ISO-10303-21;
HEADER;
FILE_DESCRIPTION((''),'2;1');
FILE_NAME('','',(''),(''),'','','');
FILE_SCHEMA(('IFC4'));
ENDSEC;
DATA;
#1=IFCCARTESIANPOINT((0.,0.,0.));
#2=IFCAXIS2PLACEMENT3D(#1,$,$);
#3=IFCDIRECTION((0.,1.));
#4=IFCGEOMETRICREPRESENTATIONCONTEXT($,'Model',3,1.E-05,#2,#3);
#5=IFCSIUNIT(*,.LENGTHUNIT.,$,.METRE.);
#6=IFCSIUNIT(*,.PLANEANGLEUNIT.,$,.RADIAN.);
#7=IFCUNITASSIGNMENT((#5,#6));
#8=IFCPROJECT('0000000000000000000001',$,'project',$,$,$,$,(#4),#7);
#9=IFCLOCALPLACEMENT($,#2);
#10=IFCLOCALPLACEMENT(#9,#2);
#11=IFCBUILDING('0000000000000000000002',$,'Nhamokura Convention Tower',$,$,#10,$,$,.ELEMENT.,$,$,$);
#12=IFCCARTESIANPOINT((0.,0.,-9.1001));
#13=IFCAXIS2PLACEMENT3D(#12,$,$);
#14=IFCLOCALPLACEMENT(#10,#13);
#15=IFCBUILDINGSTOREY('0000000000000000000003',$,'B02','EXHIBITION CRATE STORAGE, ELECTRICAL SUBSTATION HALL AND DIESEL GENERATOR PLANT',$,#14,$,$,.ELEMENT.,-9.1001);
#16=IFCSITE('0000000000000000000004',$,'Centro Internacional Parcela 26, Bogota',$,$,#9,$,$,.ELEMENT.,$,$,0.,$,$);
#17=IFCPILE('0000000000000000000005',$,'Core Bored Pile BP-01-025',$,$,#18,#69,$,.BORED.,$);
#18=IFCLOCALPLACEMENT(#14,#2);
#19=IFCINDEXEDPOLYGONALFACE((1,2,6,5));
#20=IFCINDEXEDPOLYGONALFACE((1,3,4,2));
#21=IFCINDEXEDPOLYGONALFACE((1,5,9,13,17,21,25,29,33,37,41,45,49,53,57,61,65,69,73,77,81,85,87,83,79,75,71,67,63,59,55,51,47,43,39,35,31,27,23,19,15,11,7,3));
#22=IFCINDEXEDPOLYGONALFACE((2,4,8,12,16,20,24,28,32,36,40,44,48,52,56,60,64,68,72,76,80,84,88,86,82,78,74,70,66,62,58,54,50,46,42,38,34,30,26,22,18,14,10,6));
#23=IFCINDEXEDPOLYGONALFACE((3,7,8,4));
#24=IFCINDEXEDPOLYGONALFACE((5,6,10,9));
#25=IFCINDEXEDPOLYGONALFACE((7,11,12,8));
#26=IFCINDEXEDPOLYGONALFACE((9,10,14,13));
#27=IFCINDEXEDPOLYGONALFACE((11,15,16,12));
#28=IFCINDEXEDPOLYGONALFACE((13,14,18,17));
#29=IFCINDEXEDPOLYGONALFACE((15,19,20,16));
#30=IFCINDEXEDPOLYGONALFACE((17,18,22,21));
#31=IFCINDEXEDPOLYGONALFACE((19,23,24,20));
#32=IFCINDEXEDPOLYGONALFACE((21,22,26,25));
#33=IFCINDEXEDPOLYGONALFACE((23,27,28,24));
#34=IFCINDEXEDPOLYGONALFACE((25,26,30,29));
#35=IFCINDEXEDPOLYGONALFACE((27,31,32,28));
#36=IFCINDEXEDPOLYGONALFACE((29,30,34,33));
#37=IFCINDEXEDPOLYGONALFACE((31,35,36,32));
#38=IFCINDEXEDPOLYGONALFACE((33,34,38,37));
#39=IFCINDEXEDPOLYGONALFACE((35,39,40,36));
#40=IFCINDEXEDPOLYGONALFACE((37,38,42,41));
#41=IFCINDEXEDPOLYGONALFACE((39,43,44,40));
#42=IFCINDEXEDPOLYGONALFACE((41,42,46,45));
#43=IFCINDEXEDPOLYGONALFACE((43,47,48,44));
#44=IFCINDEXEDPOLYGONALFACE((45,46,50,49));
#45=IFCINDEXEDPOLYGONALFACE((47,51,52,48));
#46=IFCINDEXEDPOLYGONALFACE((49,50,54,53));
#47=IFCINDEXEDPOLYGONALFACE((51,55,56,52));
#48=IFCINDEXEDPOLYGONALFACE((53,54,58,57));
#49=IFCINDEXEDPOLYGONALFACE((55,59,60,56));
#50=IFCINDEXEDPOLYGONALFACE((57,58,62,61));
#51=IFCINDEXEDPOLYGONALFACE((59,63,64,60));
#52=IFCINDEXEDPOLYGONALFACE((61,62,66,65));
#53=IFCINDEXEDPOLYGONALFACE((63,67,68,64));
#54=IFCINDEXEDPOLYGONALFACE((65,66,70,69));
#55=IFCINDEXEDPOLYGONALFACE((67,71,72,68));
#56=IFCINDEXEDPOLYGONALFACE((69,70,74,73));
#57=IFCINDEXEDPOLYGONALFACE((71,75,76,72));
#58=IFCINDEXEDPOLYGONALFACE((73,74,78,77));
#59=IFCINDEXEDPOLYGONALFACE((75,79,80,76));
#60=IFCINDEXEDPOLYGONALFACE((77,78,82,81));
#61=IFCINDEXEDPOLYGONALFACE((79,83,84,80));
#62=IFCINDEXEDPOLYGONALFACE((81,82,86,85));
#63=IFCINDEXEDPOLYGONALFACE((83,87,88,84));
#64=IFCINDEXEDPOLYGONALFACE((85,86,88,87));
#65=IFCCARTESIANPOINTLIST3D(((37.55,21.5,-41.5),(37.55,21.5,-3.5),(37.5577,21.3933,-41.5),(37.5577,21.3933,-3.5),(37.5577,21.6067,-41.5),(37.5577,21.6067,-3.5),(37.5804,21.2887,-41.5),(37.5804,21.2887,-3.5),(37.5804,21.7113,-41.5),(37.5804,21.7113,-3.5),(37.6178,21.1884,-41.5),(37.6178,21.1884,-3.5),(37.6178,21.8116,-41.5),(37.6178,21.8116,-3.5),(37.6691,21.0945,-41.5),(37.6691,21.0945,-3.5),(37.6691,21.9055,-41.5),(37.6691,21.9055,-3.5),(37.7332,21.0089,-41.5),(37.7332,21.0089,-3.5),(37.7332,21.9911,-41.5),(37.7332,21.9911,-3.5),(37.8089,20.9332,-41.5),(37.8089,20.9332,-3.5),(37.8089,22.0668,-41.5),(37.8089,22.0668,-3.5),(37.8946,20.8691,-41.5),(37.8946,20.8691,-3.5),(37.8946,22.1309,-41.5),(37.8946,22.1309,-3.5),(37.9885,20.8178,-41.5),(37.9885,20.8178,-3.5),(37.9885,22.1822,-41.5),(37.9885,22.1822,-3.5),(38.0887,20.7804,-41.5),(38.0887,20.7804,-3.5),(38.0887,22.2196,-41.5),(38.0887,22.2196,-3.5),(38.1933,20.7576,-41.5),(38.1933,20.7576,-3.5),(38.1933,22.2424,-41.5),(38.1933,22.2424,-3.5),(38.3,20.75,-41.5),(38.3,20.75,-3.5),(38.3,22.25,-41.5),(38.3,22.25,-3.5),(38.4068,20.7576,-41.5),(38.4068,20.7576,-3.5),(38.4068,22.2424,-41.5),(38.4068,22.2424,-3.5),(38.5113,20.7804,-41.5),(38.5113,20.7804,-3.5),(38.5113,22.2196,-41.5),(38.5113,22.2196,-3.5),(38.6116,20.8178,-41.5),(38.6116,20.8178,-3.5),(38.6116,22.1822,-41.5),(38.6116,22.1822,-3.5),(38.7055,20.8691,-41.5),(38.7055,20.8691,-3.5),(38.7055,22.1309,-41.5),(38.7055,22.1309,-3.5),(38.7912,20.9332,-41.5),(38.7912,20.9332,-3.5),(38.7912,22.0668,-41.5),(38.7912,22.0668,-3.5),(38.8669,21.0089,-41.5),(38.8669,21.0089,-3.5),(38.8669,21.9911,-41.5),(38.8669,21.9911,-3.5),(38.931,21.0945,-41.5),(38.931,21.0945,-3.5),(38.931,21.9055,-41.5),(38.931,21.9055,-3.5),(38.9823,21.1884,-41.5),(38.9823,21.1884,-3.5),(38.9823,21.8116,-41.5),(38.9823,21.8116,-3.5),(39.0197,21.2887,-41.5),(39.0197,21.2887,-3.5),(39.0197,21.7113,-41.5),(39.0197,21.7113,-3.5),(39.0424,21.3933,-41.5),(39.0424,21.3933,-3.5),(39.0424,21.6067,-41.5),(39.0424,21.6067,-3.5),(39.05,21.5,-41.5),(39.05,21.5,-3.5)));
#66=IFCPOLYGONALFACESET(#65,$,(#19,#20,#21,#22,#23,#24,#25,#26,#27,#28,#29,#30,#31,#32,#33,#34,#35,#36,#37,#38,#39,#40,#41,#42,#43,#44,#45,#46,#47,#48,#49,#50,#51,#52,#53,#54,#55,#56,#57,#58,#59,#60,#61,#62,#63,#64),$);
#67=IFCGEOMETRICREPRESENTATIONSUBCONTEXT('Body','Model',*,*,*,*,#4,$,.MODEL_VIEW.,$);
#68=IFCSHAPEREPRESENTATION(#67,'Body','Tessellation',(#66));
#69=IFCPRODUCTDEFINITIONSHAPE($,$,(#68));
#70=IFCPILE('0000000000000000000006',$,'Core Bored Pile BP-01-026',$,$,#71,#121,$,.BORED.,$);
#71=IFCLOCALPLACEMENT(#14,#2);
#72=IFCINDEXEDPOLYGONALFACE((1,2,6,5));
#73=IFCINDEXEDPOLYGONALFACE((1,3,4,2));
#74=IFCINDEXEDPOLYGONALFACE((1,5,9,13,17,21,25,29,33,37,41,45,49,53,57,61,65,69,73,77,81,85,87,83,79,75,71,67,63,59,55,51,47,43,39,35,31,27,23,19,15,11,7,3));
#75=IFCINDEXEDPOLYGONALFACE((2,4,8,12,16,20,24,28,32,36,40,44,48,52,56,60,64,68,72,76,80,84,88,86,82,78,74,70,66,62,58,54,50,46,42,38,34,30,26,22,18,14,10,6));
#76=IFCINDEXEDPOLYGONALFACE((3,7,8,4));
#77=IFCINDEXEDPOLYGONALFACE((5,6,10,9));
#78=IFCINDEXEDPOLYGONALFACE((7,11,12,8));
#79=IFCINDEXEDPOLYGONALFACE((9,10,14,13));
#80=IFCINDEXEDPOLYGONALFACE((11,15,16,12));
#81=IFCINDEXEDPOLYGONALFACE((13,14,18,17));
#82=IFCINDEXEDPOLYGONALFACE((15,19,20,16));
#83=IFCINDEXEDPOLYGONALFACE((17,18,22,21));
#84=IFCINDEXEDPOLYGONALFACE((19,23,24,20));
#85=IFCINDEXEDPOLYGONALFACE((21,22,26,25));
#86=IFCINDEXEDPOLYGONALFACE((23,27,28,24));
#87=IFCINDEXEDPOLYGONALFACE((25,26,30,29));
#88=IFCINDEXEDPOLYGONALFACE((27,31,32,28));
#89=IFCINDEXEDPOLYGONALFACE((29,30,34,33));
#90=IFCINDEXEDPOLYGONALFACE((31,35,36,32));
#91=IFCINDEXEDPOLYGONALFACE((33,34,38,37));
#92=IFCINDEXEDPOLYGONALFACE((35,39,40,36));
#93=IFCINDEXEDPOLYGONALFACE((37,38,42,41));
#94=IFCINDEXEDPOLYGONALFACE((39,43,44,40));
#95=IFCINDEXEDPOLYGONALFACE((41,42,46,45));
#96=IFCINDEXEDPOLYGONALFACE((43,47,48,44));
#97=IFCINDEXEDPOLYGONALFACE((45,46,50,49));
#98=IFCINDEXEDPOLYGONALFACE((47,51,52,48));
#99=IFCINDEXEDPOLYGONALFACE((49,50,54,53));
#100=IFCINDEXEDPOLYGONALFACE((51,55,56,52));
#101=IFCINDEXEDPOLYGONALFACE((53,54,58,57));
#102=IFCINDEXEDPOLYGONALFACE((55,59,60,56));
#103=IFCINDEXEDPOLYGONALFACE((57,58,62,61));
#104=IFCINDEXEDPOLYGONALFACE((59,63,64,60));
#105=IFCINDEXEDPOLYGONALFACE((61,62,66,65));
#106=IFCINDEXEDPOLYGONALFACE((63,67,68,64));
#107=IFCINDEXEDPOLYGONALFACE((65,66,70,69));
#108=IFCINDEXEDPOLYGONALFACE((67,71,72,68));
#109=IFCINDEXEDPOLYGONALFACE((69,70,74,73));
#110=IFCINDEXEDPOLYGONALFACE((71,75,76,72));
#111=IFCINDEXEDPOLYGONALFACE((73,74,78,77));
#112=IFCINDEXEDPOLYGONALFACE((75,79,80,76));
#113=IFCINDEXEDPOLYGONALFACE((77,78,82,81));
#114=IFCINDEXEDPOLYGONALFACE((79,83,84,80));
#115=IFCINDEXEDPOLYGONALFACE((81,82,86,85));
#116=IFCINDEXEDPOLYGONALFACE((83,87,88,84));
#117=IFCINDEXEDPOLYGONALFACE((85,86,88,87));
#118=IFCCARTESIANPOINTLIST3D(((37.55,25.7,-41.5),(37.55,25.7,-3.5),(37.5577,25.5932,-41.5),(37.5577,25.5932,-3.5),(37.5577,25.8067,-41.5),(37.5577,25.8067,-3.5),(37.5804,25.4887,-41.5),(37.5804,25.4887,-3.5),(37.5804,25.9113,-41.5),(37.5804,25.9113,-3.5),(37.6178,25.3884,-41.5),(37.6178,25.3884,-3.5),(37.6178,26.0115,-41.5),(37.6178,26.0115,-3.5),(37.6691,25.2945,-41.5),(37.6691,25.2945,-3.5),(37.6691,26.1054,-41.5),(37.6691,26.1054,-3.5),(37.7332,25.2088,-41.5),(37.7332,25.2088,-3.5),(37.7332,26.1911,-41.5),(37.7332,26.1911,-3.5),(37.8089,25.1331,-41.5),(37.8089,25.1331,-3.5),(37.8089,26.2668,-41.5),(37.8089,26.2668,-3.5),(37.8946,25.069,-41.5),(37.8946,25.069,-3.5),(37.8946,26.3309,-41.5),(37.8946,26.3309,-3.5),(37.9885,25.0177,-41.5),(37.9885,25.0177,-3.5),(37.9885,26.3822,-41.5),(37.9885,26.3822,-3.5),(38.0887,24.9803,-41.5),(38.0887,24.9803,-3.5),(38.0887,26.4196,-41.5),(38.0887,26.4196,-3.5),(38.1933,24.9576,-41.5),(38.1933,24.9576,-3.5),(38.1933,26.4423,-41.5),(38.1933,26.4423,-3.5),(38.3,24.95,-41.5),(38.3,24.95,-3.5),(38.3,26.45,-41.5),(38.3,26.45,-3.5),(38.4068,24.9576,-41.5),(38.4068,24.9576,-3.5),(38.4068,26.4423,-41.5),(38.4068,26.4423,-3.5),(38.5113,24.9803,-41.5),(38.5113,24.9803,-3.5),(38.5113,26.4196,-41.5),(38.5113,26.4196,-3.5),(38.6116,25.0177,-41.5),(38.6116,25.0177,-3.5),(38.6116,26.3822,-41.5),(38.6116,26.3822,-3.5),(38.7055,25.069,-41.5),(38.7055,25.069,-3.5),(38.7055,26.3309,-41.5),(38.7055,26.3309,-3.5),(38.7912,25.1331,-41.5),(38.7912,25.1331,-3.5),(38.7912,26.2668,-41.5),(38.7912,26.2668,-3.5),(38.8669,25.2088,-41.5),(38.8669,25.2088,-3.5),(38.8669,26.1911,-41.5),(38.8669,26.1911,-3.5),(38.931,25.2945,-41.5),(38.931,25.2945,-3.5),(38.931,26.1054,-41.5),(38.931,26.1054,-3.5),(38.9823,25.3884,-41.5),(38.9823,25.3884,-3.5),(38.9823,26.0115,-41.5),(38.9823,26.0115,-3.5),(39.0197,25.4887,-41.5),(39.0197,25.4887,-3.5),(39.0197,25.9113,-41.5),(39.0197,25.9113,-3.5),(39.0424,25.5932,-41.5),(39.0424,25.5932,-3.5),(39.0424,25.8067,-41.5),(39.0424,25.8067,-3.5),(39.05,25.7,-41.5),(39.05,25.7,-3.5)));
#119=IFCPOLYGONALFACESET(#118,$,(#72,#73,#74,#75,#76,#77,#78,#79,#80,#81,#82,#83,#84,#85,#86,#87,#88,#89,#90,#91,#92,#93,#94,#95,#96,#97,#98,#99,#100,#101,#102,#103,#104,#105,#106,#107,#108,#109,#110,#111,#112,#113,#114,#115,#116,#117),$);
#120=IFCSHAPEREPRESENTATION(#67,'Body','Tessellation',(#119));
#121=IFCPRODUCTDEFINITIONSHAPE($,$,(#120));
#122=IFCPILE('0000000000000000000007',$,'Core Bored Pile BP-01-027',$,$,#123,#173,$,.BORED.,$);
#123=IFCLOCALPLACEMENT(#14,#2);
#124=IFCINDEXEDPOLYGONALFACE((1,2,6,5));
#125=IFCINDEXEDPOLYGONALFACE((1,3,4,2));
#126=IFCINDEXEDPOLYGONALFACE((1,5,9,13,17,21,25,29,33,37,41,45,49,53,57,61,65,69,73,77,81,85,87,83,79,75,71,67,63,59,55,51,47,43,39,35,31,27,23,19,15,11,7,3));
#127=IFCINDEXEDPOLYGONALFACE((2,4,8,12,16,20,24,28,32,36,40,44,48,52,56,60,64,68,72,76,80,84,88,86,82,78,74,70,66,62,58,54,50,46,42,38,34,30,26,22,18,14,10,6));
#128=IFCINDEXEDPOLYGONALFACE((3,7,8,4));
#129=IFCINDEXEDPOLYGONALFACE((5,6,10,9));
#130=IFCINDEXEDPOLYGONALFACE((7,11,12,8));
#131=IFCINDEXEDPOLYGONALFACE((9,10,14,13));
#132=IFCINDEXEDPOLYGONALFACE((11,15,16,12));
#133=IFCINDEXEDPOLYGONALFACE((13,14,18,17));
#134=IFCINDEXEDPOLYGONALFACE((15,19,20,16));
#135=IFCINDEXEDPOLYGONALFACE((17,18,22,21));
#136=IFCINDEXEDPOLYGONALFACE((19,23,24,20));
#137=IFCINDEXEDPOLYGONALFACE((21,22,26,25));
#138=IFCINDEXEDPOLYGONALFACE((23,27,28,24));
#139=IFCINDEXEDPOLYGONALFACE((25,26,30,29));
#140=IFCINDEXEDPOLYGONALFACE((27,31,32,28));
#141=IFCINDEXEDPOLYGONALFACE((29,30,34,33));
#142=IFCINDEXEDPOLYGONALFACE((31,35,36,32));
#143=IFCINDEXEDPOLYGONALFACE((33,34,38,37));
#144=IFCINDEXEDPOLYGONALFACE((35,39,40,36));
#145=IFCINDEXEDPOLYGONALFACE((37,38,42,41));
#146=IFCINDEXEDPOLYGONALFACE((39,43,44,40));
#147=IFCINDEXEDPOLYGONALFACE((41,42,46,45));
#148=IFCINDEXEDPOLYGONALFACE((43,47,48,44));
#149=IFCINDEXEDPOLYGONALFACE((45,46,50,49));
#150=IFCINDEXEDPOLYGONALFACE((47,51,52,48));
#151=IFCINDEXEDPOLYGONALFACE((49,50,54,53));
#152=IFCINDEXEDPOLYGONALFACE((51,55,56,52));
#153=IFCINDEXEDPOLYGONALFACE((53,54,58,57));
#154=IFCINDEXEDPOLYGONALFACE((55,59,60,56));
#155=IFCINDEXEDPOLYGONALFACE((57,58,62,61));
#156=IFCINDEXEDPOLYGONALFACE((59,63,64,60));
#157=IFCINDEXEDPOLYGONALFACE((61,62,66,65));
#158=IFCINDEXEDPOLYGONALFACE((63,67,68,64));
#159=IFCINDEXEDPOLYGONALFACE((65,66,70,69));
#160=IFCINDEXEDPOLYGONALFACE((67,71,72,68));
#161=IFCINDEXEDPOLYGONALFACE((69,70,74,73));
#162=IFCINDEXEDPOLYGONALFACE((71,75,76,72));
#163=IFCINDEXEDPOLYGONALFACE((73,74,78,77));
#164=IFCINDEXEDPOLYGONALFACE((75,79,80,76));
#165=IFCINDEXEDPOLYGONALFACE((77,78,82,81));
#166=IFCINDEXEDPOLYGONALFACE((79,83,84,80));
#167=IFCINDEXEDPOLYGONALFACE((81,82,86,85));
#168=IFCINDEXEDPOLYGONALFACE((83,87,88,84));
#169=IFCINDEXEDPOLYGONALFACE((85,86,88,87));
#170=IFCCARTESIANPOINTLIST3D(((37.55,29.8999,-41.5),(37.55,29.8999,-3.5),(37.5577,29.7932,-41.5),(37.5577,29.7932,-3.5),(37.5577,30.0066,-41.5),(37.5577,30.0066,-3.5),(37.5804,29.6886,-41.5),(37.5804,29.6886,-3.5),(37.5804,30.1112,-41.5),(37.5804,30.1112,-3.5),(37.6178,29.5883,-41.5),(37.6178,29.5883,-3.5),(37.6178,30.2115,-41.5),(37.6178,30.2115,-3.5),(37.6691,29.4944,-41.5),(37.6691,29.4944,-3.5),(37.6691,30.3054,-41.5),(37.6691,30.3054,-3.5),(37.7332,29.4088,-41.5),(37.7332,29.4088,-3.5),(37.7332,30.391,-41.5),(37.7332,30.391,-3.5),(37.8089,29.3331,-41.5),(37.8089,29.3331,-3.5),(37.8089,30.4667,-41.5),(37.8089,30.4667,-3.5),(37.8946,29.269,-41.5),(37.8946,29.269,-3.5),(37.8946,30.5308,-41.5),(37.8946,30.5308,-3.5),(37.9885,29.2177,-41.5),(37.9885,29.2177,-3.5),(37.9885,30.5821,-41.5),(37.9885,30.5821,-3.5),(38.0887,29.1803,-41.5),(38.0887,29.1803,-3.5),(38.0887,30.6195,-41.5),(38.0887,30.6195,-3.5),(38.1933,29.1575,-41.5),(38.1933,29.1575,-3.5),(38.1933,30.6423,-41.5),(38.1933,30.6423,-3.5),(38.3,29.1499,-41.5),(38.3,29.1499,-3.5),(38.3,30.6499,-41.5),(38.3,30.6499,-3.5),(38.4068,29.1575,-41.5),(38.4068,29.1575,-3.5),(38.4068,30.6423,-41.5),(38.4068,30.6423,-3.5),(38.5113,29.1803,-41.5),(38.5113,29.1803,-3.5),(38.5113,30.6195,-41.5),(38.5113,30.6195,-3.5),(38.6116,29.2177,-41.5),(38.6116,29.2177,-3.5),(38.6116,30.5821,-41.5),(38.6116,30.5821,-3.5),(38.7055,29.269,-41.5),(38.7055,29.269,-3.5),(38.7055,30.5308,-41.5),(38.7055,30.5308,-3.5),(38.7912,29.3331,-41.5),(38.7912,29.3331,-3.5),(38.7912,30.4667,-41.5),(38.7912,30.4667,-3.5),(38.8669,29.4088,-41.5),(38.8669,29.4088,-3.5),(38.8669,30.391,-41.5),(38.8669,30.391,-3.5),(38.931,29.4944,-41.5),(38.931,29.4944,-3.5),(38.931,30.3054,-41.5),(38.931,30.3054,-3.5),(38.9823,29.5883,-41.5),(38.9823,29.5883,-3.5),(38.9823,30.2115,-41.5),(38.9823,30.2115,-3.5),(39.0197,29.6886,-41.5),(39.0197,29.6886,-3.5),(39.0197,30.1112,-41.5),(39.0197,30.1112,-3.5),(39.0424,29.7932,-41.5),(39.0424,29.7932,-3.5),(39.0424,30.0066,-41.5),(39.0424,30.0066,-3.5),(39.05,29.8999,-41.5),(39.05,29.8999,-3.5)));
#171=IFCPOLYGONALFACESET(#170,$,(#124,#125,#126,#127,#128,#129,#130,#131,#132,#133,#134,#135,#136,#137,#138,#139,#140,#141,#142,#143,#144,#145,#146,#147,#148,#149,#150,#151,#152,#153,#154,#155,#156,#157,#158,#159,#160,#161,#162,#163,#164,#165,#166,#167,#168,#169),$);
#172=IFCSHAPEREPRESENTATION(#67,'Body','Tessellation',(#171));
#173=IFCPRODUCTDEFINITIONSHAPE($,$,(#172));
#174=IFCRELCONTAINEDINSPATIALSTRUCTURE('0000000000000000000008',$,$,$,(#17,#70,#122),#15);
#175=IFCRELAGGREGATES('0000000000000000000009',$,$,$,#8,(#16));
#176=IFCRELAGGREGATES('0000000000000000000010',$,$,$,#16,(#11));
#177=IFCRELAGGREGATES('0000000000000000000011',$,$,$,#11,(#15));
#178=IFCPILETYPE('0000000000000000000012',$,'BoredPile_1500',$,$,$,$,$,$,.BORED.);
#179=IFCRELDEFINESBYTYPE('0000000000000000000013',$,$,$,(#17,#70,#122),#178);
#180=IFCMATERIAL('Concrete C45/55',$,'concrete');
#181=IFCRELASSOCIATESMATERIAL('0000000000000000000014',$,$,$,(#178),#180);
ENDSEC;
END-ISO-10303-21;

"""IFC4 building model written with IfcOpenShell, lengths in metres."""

from ifc_helpers import new_model, si_unit, direction, frame, origin, origin_2d, place, context, subcontext, project, spatial, circle, extrude, material, material_profile, profile_set, type_object, element, save


model = new_model("IFC4")

# Units and contexts
model_context = context("Model", 3, precision=1e-05, world=origin(), true_north=direction((0.0, 1.0)))
body_context = subcontext(model_context, "Body", "Model", "MODEL_VIEW")
ifc_project = project(units=[si_unit("LENGTHUNIT", "METRE"), si_unit("PLANEANGLEUNIT", "RADIAN")], contexts=[model_context])

# Site, building, storey
site_placement = place(None, origin())
site = spatial("IfcSite", under=ifc_project, at=site_placement, Name="Centro Internacional Parcela 26, Bogota", CompositionType="ELEMENT", RefElevation=0.0)
building_placement = place(site_placement, origin())
building = spatial("IfcBuilding", under=site, at=building_placement, Name="Nhamokura Convention Tower", CompositionType="ELEMENT")
storey_placement = place(building_placement, frame((0.0, 0.0, -9.1001)))
storey = spatial("IfcBuildingStorey", under=building, at=storey_placement, Name="B02", Description="EXHIBITION CRATE STORAGE, ELECTRICAL SUBSTATION HALL AND DIESEL GENERATOR PLANT", CompositionType="ELEMENT", Elevation=-9.1001)

# Piles
ifc_material_1 = material(Name="Concrete C45/55", Category="concrete")
ifc_material_profile_1 = material_profile(ifc_material_1, circle(Radius=0.75, at=origin_2d()))
ifc_profile_set_1 = profile_set([ifc_material_profile_1], Name="Concrete C45/55")
pile_type = type_object("IfcPileType", Name="BoredPile_1500", PredefinedType="BORED", material=ifc_profile_set_1)
for number, where, z_axis, x_axis, name in (
    (1, (38.3, 21.5, -3.5), (0.0, 0.0, -1.0), (1.0, 0.0, 0.0), "Core Bored Pile BP-01-025"),
    (2, (38.3, 25.7, -3.5), (0.0, 0.0, -1.0), (1.0, 0.0, 0.0), "Core Bored Pile BP-01-026"),
    (3, (38.3, 29.8999, -3.5), (0.0, 0.0, -1.0), (1.0, 0.0, 0.0), "Core Bored Pile BP-01-027"),
):
    element("IfcPile", number, at=place(storey_placement, frame(where, z_axis=z_axis, x_axis=x_axis)), inside=storey, type_object=pile_type, Name=name, PredefinedType="BORED", context=body_context, shape_type="SweptSolid", body=[
        extrude(circle(Radius=0.75, at=origin_2d()), origin(), (0.0, 0.0, 1.0), 38.0),
    ])

save(model, "model.ifc")
